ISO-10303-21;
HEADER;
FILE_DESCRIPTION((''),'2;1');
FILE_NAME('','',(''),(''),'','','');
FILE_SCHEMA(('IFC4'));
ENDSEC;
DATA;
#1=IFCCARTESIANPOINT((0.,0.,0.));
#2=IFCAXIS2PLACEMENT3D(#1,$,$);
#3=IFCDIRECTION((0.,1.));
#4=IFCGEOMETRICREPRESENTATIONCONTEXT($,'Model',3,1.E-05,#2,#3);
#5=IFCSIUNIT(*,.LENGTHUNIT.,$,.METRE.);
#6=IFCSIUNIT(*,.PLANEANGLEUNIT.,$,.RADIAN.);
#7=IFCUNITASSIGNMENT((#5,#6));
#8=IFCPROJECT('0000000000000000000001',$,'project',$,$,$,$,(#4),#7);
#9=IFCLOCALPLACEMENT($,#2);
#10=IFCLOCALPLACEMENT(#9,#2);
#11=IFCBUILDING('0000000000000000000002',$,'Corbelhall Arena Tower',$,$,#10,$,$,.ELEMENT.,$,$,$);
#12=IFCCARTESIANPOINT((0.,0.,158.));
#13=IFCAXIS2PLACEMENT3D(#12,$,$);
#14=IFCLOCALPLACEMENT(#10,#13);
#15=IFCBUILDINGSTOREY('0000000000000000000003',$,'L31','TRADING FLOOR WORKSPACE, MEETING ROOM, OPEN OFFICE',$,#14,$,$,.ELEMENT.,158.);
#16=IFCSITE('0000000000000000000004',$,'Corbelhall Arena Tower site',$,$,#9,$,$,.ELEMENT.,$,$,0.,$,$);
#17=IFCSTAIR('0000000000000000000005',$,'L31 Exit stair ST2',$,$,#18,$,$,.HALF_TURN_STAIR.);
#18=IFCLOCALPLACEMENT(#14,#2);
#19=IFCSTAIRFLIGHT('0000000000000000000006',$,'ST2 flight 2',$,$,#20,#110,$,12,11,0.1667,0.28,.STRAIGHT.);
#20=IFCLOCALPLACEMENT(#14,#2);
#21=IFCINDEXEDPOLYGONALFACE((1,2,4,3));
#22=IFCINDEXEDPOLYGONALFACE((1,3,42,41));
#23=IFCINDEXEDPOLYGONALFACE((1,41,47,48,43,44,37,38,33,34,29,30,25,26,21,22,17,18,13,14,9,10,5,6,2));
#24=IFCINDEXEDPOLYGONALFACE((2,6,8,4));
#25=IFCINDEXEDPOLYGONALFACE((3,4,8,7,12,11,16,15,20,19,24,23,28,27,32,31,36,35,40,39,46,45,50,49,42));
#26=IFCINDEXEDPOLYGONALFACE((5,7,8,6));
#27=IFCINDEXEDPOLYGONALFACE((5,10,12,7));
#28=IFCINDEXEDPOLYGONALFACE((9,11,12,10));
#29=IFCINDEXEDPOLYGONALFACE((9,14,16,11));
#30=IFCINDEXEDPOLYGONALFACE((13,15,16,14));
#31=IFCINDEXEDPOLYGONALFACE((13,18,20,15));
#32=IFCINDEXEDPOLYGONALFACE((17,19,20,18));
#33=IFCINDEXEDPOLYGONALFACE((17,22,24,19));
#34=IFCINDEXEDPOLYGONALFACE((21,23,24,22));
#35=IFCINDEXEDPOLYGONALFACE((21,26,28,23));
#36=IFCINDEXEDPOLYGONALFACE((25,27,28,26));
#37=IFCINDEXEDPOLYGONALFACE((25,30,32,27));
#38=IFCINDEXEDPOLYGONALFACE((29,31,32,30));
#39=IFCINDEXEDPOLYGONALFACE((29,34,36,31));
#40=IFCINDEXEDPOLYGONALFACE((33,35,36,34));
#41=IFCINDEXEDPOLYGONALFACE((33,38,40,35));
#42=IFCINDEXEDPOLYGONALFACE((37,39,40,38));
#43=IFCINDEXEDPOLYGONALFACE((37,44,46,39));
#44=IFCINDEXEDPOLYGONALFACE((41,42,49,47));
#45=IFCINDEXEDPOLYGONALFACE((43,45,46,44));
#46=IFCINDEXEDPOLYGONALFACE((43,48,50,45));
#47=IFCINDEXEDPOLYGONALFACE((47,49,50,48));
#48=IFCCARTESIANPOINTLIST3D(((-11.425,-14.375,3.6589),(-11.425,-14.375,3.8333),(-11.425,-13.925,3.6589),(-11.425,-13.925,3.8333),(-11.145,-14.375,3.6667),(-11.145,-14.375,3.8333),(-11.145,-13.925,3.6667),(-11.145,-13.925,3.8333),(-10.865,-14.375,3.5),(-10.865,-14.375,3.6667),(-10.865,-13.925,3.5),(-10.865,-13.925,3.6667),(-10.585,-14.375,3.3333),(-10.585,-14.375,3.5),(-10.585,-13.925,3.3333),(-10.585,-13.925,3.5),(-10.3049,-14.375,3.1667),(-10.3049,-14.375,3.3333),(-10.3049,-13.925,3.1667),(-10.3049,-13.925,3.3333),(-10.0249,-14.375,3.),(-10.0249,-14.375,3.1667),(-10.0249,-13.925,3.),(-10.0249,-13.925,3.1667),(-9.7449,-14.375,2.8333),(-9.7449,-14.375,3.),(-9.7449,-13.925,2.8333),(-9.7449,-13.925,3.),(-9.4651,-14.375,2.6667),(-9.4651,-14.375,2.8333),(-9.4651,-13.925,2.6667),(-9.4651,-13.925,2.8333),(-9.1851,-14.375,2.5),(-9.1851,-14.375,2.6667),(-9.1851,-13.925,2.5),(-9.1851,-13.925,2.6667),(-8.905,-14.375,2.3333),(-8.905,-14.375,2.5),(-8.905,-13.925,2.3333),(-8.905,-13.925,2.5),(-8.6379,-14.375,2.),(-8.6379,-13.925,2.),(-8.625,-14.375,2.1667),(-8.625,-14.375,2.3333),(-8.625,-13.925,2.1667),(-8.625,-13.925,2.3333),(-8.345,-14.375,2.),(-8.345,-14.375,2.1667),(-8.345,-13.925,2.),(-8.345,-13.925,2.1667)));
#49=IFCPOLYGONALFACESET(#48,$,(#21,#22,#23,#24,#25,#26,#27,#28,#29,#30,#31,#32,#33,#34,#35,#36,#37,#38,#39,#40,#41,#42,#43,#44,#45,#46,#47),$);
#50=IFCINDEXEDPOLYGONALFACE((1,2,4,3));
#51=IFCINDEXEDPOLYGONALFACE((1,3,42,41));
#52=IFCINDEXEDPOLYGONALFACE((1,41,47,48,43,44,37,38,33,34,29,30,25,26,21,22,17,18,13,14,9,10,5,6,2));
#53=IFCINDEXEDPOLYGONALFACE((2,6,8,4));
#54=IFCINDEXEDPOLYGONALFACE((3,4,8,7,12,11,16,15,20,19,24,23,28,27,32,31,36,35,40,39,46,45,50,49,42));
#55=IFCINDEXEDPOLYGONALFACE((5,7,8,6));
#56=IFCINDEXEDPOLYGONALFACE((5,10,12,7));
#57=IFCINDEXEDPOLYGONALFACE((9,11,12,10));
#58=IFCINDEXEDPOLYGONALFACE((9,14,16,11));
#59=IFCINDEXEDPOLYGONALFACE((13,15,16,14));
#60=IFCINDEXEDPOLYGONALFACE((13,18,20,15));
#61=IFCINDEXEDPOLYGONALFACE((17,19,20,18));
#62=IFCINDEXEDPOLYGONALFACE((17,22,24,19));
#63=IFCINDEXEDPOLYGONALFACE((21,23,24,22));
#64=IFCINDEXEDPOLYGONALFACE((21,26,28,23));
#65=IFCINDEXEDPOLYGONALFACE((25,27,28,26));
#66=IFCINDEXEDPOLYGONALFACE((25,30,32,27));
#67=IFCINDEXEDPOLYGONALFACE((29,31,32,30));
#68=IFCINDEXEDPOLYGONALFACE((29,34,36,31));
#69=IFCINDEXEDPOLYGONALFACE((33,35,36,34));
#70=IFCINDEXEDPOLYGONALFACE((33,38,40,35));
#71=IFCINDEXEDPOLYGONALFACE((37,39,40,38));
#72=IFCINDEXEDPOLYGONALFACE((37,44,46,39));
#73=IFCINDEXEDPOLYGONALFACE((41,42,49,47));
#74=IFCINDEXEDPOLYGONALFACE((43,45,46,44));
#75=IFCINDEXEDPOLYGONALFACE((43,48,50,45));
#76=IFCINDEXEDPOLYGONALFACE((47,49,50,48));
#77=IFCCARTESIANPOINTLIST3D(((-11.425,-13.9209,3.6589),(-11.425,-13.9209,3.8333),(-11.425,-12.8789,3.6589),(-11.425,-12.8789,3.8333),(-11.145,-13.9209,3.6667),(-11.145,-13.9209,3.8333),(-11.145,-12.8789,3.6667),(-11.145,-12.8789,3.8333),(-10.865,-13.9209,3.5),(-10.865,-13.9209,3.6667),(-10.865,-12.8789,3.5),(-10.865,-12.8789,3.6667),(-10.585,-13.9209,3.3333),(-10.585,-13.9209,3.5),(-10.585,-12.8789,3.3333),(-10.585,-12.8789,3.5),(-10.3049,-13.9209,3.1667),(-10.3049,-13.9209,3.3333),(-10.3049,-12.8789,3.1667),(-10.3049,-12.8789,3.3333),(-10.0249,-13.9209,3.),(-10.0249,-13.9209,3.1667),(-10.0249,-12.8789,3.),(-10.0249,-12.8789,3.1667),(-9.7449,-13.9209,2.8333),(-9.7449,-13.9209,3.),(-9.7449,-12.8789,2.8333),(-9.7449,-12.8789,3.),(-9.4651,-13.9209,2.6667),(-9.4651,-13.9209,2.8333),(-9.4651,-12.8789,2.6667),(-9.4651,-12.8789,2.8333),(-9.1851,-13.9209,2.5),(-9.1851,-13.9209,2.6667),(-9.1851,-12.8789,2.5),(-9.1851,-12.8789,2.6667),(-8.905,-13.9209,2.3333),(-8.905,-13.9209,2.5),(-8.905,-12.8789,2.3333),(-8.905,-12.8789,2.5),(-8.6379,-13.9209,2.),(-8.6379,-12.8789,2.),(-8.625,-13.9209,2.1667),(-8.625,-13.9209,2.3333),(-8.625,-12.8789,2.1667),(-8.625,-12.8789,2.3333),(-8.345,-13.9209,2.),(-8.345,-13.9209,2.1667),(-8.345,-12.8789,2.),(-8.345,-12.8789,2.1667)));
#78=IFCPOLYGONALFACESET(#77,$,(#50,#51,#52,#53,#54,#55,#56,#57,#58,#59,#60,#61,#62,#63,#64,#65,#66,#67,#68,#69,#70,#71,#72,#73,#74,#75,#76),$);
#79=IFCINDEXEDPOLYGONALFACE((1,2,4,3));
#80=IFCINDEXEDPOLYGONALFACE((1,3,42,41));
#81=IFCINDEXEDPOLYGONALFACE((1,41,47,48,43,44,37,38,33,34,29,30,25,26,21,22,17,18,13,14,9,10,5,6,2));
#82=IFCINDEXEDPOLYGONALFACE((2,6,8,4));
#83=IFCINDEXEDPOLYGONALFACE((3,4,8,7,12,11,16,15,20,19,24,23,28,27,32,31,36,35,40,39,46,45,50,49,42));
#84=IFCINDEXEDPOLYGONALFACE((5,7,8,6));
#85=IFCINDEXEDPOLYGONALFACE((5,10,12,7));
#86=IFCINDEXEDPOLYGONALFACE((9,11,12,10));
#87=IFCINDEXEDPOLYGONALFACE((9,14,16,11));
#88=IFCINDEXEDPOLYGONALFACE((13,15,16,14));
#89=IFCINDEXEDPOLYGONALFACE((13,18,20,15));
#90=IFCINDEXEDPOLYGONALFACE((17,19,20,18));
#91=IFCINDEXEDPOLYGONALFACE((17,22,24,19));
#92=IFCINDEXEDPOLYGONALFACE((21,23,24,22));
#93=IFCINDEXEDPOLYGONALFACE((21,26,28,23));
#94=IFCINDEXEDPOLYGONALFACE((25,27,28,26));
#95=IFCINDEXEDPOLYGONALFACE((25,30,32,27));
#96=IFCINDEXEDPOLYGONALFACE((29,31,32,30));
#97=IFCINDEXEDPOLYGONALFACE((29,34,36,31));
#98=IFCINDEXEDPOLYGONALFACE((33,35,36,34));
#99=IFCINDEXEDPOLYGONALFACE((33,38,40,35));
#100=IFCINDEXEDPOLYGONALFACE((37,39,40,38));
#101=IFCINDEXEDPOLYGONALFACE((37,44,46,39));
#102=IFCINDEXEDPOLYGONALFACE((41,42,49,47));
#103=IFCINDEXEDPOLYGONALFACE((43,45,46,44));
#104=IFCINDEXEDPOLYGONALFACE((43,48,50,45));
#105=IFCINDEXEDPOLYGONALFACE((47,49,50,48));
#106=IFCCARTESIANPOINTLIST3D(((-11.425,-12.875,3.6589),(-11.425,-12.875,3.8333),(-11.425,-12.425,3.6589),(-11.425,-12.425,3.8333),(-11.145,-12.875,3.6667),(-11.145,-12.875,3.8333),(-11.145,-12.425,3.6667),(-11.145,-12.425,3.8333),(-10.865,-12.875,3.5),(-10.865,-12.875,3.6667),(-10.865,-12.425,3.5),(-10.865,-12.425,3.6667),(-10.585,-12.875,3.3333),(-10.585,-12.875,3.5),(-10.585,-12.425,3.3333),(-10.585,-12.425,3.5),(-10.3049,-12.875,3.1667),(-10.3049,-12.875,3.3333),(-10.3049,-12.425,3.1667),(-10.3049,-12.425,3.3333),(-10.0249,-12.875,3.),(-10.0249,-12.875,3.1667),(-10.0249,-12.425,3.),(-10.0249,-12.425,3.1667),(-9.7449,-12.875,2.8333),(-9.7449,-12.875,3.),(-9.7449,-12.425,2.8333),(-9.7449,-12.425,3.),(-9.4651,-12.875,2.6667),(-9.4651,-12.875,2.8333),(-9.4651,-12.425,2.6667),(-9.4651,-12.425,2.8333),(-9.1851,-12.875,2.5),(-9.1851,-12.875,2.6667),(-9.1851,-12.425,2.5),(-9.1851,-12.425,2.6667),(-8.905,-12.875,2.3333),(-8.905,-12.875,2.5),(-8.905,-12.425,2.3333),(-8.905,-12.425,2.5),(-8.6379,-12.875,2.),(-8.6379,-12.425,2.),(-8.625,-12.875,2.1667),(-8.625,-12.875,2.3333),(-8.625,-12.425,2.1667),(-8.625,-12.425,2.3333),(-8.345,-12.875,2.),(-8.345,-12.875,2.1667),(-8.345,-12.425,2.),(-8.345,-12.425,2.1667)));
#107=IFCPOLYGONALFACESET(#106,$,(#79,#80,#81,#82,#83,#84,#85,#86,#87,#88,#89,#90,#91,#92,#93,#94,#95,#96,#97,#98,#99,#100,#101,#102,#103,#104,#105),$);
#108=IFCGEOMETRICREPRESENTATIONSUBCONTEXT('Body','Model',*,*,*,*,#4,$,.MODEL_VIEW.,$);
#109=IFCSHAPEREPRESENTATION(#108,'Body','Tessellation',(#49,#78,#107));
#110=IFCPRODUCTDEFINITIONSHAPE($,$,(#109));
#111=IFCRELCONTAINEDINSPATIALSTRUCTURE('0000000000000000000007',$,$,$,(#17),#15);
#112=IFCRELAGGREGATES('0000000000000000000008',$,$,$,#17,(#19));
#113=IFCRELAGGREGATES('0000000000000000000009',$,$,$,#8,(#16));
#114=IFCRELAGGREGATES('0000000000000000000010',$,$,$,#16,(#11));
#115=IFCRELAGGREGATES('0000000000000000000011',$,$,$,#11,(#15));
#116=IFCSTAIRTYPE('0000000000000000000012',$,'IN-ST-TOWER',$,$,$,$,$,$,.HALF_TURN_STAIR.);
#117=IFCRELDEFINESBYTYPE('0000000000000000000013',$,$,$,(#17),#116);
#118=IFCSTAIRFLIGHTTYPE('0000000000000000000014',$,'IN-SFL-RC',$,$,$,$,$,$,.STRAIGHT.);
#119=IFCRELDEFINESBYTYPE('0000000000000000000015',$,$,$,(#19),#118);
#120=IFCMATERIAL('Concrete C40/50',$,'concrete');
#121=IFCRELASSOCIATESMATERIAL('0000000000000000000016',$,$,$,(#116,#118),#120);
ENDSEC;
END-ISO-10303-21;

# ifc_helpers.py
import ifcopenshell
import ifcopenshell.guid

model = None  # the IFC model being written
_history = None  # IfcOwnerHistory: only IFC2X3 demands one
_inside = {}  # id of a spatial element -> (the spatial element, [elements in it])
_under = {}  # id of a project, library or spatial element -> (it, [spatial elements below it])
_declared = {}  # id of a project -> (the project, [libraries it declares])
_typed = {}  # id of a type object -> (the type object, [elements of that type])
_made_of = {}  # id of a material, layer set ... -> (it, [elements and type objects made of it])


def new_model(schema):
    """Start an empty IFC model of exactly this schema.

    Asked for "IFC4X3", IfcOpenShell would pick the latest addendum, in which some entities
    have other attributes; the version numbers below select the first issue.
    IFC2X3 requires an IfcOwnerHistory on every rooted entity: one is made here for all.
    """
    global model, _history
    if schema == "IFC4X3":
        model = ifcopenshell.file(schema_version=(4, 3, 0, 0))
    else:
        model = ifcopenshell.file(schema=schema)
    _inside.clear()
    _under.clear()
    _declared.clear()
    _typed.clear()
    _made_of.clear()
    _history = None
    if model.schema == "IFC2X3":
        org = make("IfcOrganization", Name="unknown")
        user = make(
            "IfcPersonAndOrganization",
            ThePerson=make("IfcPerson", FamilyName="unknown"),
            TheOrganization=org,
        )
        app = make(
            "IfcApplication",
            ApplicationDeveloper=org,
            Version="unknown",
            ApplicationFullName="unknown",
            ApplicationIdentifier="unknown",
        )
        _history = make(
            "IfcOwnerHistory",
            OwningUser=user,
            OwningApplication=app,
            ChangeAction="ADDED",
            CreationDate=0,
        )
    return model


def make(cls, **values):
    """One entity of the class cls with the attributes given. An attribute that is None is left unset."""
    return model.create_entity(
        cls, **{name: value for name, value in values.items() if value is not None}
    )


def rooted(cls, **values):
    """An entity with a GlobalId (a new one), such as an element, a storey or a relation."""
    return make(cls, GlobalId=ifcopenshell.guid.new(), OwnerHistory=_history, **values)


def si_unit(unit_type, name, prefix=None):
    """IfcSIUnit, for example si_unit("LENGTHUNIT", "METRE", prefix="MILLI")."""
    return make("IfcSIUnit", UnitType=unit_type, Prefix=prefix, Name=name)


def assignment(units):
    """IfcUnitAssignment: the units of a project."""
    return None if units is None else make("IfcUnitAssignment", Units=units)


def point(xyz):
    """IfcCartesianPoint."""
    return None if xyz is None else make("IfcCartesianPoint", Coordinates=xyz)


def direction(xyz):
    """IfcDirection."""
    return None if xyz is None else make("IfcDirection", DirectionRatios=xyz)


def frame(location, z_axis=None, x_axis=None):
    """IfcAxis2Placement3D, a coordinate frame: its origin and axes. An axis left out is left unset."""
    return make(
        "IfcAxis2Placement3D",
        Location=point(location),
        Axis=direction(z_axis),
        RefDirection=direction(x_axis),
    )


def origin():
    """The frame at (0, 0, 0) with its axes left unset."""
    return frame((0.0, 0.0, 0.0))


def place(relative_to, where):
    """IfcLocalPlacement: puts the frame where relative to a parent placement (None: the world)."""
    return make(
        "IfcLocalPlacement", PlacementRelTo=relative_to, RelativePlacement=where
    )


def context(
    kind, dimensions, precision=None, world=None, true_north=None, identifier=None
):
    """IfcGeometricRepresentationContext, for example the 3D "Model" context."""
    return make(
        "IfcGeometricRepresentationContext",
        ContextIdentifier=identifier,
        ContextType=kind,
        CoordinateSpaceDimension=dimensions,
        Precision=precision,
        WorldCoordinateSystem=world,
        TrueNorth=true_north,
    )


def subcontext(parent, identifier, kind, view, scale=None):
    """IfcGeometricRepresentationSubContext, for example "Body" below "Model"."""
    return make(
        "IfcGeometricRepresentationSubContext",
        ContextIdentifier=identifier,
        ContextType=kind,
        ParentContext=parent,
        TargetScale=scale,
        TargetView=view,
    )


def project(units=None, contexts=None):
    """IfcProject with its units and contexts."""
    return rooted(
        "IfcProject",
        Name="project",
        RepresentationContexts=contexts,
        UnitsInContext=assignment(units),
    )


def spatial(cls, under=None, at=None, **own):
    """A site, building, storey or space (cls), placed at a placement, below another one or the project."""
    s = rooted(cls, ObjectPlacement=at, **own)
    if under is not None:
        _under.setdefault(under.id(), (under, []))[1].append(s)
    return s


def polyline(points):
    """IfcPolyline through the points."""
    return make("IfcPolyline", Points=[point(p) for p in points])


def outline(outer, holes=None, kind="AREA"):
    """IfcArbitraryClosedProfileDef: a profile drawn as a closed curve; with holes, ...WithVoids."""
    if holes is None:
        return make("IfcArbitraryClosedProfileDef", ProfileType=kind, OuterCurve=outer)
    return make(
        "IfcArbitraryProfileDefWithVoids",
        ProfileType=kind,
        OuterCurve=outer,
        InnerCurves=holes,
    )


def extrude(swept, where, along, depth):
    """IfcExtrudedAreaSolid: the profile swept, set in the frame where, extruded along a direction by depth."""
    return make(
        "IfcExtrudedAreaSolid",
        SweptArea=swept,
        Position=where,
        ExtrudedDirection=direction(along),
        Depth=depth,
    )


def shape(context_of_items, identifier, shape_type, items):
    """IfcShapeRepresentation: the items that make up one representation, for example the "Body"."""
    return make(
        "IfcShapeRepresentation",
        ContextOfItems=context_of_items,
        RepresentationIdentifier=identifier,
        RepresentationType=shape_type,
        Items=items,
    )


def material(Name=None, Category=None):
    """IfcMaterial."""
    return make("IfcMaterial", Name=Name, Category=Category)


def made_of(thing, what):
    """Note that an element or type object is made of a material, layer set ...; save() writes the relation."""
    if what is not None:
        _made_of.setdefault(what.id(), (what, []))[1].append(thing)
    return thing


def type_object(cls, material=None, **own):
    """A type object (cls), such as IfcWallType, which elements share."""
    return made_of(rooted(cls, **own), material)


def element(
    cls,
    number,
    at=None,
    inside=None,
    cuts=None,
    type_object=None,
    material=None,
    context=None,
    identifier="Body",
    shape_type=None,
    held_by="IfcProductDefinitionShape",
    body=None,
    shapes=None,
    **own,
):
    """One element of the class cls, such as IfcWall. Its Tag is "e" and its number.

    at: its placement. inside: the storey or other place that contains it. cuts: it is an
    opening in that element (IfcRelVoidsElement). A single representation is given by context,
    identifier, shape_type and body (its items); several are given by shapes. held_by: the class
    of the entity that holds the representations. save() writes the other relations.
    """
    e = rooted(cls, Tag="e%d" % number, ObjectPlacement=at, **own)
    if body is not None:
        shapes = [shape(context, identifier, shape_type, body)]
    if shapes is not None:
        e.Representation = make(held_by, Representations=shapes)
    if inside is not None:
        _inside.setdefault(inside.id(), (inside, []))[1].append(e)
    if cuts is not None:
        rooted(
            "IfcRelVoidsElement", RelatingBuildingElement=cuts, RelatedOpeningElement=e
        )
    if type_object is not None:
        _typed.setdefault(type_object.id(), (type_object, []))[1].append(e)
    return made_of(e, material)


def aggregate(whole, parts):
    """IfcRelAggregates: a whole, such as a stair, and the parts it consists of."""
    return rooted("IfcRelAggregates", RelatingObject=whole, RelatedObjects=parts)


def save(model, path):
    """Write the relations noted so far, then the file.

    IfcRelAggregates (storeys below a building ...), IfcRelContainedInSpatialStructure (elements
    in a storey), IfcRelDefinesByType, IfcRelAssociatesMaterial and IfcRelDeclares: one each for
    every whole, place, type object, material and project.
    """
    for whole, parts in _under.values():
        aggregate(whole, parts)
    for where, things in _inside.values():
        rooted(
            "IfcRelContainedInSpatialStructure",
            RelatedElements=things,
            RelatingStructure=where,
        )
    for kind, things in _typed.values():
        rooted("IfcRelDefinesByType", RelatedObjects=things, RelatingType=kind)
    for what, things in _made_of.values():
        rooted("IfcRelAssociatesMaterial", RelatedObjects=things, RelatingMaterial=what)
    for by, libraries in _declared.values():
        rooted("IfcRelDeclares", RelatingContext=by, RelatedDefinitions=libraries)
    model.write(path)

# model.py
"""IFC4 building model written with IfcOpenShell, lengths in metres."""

from ifc_helpers import new_model, si_unit, direction, frame, origin, place, context, subcontext, project, spatial, polyline, outline, extrude, material, type_object, element, aggregate, save


model = new_model("IFC4")

# Units and contexts
model_context = context("Model", 3, precision=1e-05, world=origin(), true_north=direction((0.0, 1.0)))
body_context = subcontext(model_context, "Body", "Model", "MODEL_VIEW")
ifc_project = project(units=[si_unit("LENGTHUNIT", "METRE"), si_unit("PLANEANGLEUNIT", "RADIAN")], contexts=[model_context])

# Site, building, storey
site_placement = place(None, origin())
site = spatial("IfcSite", under=ifc_project, at=site_placement, Name="Corbelhall Arena Tower site", CompositionType="ELEMENT", RefElevation=0.0)
building_placement = place(site_placement, origin())
building = spatial("IfcBuilding", under=site, at=building_placement, Name="Corbelhall Arena Tower", CompositionType="ELEMENT")
storey_placement = place(building_placement, frame((0.0, 0.0, 158.0)))
storey = spatial("IfcBuildingStorey", under=building, at=storey_placement, Name="L31", Description="TRADING FLOOR WORKSPACE, MEETING ROOM, OPEN OFFICE", CompositionType="ELEMENT", Elevation=158.0)

# Shared definitions
ifc_material_1 = material(Name="Concrete C40/50", Category="concrete")

# Stair, stair flight
stair_type = type_object("IfcStairType", Name="IN-ST-TOWER", PredefinedType="HALF_TURN_STAIR", material=ifc_material_1)
stair_placement = place(storey_placement, origin())
stair = element("IfcStair", 1, at=stair_placement, inside=storey, type_object=stair_type, Name="L31 Exit stair ST2", PredefinedType="HALF_TURN_STAIR")
stair_flight_type = type_object("IfcStairFlightType", Name="IN-SFL-RC", PredefinedType="STRAIGHT", material=ifc_material_1)
stair_flight_1_placement = place(storey_placement, frame((-8.345, -13.3999, 2.0), z_axis=(0.0, 0.0, 1.0), x_axis=(-1.0, 0.0, 0.0)))
stair_flight_1 = element("IfcStairFlight", 2, at=stair_flight_1_placement, type_object=stair_flight_type, Name="ST2 flight 2", NumberOfRisers=12, NumberOfTreads=11, PredefinedType="STRAIGHT", RiserHeight=0.1667, TreadLength=0.28, context=body_context, shape_type="SweptSolid", body=[
    extrude(outline(polyline([(0.0, 0.0), (0.0, 0.1667), (0.28, 0.1667), (0.28, 0.3333), (0.5601, 0.3333), (0.5601, 0.5), (0.8401, 0.5), (0.8401, 0.6667), (1.1201, 0.6667), (1.1201, 0.8333), (1.3999, 0.8333), (1.3999, 1.0), (1.6799, 1.0), (1.6799, 1.1667), (1.96, 1.1667), (1.96, 1.3333), (2.24, 1.3333), (2.24, 1.5), (2.52, 1.5), (2.52, 1.6667), (2.8, 1.6667), (2.8, 1.8333), (3.0801, 1.8333), (3.0801, 2.0), (3.0801, 1.6589), (0.293, 0.0), (0.0, 0.0)])), frame((0.0, 0.9751, 0.0), z_axis=(0.0, -1.0, 0.0), x_axis=(1.0, 0.0, 0.0)), (0.0, 0.0, 1.0), 0.45),
    extrude(outline(polyline([(0.0, 0.0), (0.0, 0.1667), (0.28, 0.1667), (0.28, 0.3333), (0.5601, 0.3333), (0.5601, 0.5), (0.8401, 0.5), (0.8401, 0.6667), (1.1201, 0.6667), (1.1201, 0.8333), (1.3999, 0.8333), (1.3999, 1.0), (1.6799, 1.0), (1.6799, 1.1667), (1.96, 1.1667), (1.96, 1.3333), (2.24, 1.3333), (2.24, 1.5), (2.52, 1.5), (2.52, 1.6667), (2.8, 1.6667), (2.8, 1.8333), (3.0801, 1.8333), (3.0801, 2.0), (3.0801, 1.6589), (0.293, 0.0), (0.0, 0.0)])), frame((0.0, 0.521, 0.0), z_axis=(0.0, -1.0, 0.0), x_axis=(1.0, 0.0, 0.0)), (0.0, 0.0, 1.0), 1.042),
    extrude(outline(polyline([(0.0, 0.0), (0.0, 0.1667), (0.28, 0.1667), (0.28, 0.3333), (0.5601, 0.3333), (0.5601, 0.5), (0.8401, 0.5), (0.8401, 0.6667), (1.1201, 0.6667), (1.1201, 0.8333), (1.3999, 0.8333), (1.3999, 1.0), (1.6799, 1.0), (1.6799, 1.1667), (1.96, 1.1667), (1.96, 1.3333), (2.24, 1.3333), (2.24, 1.5), (2.52, 1.5), (2.52, 1.6667), (2.8, 1.6667), (2.8, 1.8333), (3.0801, 1.8333), (3.0801, 2.0), (3.0801, 1.6589), (0.293, 0.0), (0.0, 0.0)])), frame((0.0, -0.5249, 0.0), z_axis=(0.0, -1.0, 0.0), x_axis=(1.0, 0.0, 0.0)), (0.0, 0.0, 1.0), 0.45),
])
aggregate(stair, [stair_flight_1])

save(model, "model.ifc")
